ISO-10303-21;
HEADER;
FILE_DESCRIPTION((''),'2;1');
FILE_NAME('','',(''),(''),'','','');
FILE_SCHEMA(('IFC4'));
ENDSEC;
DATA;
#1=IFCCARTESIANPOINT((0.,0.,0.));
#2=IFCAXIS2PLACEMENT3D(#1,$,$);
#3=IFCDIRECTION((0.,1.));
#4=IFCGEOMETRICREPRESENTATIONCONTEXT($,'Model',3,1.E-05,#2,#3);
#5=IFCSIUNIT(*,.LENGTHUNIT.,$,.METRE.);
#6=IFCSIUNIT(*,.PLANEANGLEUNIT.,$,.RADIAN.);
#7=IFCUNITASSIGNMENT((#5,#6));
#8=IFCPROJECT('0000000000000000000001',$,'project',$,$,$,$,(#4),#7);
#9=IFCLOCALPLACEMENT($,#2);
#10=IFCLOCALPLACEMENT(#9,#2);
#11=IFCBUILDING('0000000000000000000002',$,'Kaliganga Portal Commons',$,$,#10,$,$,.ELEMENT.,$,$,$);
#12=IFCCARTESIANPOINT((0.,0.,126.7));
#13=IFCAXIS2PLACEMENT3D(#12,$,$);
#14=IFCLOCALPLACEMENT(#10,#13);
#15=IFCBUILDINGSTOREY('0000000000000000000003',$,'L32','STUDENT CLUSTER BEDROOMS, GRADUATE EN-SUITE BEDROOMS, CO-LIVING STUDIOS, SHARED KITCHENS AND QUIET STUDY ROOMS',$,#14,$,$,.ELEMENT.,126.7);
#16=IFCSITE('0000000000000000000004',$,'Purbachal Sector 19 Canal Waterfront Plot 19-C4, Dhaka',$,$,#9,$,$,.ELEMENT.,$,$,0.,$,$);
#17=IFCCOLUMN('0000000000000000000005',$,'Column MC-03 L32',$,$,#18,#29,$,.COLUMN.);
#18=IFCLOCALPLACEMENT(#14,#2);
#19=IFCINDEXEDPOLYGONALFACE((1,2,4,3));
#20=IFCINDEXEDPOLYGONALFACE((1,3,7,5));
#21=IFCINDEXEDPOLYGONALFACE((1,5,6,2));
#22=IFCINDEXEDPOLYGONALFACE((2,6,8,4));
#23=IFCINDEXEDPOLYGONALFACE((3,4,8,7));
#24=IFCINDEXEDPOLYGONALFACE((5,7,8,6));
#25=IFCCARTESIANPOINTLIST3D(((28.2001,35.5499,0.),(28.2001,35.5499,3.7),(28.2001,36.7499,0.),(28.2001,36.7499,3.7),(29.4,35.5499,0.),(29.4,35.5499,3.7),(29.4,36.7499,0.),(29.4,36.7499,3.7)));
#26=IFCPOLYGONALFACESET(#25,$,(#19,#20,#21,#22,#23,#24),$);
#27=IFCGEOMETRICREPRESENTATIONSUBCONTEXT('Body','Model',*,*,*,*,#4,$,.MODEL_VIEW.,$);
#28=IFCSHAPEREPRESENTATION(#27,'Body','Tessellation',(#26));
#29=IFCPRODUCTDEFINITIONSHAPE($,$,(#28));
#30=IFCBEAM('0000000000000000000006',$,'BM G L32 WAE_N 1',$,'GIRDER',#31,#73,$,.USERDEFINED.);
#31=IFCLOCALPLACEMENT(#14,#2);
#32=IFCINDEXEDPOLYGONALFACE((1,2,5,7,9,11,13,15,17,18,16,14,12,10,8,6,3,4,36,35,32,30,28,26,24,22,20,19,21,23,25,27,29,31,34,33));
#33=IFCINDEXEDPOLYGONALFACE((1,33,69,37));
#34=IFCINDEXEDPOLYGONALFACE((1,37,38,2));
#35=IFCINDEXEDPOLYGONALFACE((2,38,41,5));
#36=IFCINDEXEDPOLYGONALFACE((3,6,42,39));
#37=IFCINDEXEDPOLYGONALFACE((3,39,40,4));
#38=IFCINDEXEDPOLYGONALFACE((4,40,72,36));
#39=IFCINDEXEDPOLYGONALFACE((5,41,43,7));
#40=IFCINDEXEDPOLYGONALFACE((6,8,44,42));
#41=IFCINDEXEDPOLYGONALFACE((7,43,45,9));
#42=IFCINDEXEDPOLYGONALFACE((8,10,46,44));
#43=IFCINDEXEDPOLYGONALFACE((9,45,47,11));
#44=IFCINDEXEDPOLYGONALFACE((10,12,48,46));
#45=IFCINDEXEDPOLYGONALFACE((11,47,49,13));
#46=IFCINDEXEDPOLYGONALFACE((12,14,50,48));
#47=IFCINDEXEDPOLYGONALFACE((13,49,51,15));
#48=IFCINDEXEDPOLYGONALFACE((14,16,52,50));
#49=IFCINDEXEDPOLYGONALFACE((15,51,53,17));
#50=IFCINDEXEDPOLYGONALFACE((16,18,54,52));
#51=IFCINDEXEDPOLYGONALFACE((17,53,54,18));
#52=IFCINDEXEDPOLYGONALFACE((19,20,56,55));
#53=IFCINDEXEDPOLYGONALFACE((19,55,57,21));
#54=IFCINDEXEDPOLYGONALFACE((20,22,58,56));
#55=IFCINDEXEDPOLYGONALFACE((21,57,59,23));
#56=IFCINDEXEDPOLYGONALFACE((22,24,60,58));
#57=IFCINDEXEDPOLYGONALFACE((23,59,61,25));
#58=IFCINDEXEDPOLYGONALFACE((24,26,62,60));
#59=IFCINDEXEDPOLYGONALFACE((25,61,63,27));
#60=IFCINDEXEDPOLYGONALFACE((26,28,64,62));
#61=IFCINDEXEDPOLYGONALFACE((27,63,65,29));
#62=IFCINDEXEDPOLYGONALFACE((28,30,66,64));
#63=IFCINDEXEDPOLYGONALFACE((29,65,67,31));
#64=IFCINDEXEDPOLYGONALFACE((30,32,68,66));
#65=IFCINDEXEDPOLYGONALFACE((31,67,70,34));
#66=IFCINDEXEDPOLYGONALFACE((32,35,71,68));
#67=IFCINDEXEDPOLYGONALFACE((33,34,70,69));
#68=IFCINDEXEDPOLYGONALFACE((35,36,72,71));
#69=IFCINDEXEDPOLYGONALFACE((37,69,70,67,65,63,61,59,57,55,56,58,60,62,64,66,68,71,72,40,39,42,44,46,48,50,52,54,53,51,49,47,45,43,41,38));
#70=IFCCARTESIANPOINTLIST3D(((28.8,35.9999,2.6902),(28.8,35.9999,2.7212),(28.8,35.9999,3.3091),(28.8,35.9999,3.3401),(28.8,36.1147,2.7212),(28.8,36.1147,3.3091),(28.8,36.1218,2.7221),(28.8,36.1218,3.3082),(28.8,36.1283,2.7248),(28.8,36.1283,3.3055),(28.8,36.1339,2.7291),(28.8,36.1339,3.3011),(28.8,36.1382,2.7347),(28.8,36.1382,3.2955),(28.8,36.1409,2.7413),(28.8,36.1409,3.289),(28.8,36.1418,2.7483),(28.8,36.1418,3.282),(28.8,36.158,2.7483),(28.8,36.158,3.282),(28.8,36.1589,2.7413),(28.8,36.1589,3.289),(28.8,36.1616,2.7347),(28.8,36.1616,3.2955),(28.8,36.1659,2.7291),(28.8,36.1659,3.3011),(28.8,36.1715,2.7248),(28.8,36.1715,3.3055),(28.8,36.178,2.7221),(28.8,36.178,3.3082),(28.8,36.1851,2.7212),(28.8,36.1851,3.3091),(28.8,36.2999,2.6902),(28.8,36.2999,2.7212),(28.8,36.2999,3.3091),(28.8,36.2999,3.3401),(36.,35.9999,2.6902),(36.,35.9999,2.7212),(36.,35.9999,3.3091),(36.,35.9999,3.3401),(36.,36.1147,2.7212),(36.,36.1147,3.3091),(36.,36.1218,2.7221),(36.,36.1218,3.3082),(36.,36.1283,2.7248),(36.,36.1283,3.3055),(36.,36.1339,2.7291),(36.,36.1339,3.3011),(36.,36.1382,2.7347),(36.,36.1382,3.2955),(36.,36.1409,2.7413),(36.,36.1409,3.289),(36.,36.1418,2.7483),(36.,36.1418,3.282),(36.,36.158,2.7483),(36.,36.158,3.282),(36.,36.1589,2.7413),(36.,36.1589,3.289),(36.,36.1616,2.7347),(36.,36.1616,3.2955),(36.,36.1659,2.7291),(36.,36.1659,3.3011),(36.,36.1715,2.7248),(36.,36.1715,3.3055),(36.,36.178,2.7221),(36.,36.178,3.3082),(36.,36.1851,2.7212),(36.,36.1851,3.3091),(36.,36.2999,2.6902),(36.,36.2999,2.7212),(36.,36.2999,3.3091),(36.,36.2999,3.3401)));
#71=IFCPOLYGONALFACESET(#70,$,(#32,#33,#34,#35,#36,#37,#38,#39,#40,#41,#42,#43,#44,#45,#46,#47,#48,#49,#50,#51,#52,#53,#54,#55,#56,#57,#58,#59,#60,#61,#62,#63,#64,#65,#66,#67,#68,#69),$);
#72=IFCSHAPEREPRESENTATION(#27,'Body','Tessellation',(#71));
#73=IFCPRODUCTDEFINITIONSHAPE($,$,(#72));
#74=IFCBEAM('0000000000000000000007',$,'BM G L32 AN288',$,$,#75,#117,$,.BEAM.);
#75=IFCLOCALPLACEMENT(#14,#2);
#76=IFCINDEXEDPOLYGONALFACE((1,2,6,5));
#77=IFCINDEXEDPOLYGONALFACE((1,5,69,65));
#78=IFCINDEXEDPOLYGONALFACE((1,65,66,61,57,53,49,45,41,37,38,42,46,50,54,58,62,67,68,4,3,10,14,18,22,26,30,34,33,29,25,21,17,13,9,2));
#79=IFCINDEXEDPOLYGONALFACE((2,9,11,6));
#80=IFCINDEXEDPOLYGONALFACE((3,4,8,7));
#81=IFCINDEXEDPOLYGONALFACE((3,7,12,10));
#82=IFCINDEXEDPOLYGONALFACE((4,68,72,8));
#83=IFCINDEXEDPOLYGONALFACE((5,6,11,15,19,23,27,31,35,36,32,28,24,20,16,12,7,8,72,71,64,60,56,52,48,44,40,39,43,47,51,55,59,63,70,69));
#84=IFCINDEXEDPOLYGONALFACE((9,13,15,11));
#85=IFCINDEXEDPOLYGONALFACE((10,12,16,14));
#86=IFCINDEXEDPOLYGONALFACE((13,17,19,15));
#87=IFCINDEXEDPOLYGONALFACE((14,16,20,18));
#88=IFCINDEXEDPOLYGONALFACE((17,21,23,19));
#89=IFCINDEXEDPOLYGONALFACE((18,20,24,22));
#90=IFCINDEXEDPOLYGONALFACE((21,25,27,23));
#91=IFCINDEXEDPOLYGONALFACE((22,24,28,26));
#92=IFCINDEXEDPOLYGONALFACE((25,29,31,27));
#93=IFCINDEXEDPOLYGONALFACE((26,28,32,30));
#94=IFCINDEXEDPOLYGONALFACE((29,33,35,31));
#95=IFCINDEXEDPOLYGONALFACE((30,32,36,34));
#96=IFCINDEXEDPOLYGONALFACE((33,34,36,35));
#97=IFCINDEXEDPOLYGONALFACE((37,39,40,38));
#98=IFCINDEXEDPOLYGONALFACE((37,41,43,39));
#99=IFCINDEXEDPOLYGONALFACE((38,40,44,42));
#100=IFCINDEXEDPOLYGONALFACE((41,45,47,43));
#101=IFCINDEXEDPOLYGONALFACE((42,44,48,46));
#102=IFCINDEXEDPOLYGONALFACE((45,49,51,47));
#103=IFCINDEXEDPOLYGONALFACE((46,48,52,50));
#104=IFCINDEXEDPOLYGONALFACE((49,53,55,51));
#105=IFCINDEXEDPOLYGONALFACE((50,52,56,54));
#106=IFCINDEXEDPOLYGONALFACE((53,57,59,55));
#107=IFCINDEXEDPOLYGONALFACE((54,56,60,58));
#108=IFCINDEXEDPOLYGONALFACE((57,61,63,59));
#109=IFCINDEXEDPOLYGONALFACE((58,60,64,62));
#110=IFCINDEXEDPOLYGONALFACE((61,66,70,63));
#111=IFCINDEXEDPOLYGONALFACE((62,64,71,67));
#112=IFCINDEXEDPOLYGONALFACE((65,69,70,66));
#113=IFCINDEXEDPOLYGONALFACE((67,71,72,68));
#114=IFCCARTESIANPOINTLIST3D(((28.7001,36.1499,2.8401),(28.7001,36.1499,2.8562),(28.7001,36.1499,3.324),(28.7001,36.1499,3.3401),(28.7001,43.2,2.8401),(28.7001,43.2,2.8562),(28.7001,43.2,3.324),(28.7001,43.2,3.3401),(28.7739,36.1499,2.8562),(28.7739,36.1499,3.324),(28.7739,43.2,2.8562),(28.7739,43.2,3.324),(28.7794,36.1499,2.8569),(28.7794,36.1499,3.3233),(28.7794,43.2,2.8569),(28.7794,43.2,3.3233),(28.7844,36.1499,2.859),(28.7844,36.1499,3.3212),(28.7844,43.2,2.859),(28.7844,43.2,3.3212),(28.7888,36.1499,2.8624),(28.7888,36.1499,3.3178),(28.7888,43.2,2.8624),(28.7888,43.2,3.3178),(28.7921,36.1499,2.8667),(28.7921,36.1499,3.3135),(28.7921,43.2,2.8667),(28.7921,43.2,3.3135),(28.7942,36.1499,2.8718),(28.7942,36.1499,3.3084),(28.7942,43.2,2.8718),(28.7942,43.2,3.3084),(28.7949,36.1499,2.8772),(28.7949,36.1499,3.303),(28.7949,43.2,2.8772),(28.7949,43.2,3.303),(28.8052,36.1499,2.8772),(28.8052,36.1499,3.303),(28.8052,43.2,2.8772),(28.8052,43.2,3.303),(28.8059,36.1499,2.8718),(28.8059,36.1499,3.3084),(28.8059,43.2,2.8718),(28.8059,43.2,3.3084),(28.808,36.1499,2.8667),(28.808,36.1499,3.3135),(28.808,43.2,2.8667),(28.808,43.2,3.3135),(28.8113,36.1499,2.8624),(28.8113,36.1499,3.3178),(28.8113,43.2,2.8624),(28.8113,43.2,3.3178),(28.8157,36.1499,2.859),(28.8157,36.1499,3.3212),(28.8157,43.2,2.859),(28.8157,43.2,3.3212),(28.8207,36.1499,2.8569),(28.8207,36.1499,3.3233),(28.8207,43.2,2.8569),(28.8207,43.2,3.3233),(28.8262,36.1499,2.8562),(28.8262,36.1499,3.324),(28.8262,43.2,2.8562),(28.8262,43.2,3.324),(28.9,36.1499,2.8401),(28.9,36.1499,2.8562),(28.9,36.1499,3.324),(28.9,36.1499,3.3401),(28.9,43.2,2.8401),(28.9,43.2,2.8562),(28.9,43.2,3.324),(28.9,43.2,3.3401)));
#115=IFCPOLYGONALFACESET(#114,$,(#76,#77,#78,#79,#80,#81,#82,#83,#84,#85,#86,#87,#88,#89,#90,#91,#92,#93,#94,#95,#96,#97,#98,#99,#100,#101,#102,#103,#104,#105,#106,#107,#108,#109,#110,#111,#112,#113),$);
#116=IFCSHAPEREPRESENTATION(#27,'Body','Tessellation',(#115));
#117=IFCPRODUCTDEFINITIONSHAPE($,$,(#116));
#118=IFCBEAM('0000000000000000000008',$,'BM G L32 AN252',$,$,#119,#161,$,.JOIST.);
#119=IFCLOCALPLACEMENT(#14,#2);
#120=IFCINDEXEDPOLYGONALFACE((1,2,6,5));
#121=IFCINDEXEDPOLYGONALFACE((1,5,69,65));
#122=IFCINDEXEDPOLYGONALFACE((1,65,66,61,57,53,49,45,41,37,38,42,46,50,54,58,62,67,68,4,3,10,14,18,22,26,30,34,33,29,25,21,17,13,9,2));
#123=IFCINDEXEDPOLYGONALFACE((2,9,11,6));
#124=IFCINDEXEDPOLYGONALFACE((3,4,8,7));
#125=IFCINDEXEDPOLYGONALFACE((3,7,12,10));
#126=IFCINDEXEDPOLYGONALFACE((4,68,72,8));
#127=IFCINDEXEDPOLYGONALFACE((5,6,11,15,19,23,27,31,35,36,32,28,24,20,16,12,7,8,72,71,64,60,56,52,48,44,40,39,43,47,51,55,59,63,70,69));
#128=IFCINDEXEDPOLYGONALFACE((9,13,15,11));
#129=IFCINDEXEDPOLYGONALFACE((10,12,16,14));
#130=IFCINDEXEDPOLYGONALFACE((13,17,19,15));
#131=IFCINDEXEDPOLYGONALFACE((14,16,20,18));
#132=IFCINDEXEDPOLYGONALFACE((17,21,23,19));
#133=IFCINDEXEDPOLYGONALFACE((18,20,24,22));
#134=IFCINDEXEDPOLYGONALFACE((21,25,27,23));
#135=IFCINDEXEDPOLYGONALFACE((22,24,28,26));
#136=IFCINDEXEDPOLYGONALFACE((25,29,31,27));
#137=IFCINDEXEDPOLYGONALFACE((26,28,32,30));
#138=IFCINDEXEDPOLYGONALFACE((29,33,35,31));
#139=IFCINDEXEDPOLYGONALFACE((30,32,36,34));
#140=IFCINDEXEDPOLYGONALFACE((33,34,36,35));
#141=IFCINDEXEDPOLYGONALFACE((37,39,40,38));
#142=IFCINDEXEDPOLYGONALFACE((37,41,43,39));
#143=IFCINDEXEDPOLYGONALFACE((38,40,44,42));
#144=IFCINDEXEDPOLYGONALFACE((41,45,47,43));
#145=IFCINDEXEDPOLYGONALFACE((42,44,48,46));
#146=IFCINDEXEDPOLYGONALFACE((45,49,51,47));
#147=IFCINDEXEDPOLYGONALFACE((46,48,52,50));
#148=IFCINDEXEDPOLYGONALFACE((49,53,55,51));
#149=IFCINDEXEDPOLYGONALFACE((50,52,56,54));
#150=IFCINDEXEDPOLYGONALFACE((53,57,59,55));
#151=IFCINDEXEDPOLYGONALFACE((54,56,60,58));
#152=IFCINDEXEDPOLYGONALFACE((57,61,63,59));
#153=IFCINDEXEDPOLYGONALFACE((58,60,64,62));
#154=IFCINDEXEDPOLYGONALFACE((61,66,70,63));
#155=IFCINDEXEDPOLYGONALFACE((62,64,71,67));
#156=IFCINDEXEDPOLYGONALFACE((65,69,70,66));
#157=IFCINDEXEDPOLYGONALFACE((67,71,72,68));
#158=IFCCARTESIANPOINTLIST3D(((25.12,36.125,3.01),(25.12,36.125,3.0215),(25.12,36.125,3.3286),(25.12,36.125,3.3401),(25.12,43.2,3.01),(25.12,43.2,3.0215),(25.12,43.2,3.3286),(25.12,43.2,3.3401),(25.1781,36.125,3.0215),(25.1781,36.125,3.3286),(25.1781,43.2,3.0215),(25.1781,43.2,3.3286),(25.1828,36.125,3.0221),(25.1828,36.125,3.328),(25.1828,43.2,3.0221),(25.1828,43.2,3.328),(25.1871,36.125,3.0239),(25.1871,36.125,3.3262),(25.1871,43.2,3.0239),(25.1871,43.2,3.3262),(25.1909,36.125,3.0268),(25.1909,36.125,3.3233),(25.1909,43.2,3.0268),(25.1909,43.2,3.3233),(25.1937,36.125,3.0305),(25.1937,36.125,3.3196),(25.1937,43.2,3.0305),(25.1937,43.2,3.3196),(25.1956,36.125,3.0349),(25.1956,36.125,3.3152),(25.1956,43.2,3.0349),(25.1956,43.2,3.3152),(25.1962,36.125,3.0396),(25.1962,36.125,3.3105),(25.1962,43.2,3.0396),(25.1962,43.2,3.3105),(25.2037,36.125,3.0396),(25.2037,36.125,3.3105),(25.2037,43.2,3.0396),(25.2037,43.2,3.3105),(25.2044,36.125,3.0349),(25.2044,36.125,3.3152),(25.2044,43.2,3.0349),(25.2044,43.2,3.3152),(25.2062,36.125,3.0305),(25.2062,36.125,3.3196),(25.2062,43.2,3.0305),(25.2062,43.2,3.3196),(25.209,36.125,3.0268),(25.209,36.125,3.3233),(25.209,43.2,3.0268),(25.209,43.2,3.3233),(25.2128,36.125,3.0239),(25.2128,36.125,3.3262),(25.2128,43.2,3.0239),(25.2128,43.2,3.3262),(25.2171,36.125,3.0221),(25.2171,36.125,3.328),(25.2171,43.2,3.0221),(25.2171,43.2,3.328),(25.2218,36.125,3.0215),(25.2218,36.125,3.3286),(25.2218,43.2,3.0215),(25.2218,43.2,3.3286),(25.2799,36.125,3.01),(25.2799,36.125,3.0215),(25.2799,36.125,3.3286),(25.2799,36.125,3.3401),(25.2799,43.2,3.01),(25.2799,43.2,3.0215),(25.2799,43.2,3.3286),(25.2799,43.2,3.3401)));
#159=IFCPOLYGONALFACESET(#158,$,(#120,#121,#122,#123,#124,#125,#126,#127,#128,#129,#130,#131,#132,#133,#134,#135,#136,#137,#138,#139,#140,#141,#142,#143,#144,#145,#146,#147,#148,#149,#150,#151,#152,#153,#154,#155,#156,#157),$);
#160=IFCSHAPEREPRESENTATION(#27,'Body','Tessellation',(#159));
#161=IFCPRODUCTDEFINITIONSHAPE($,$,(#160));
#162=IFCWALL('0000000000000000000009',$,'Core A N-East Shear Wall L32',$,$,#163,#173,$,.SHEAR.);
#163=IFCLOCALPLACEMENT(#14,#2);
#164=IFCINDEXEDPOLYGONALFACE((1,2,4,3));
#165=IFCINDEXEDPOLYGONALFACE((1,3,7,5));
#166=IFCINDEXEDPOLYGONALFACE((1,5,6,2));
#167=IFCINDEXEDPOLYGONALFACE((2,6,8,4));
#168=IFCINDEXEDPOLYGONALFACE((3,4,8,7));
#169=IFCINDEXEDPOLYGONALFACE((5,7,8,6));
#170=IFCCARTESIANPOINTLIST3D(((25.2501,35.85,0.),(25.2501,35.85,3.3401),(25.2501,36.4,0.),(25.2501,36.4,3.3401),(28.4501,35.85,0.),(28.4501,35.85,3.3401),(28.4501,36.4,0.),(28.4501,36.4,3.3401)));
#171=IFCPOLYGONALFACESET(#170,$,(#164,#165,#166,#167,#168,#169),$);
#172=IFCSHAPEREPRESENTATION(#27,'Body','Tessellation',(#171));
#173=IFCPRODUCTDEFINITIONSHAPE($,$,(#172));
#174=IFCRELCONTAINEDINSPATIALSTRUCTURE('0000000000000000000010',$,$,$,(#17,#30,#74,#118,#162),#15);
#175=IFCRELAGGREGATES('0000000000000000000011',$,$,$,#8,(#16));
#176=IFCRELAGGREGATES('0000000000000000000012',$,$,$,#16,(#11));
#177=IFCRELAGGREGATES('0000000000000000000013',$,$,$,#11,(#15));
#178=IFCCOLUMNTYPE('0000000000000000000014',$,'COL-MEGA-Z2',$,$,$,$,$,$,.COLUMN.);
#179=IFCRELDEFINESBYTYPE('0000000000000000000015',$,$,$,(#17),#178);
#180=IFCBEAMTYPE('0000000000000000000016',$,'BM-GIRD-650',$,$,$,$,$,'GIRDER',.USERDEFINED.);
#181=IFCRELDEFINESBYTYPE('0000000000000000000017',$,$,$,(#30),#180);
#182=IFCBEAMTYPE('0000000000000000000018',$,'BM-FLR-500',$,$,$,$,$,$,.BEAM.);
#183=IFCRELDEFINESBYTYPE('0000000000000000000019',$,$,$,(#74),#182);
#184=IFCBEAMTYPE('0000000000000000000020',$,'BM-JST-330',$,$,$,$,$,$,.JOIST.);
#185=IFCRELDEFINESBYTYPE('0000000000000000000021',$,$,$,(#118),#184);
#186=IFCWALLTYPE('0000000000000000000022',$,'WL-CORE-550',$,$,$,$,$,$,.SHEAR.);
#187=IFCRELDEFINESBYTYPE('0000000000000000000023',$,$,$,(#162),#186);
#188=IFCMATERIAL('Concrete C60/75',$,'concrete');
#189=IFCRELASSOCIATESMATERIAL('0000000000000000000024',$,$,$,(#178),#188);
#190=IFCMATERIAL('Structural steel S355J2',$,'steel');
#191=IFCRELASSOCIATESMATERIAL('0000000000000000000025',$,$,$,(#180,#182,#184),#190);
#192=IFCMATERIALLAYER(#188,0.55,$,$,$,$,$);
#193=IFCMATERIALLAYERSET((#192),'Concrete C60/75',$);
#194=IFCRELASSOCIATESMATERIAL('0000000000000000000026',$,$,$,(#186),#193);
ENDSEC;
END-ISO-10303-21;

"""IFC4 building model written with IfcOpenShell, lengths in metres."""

from ifc_helpers import new_model, si_unit, direction, frame, frame_2d, origin, origin_2d, place, context, subcontext, project, spatial, rectangle, i_section, extrude, source, transform, mapped, material, layer, layer_set, material_profile, profile_set, type_object, element, save


model = new_model("IFC4")

# Units and contexts
model_context = context("Model", 3, precision=1e-05, world=origin(), true_north=direction((0.0, 1.0)))
body_context = subcontext(model_context, "Body", "Model", "MODEL_VIEW")
ifc_project = project(units=[si_unit("LENGTHUNIT", "METRE"), si_unit("PLANEANGLEUNIT", "RADIAN")], contexts=[model_context])

# Site, building, storey
site_placement = place(None, origin())
site = spatial("IfcSite", under=ifc_project, at=site_placement, Name="Purbachal Sector 19 Canal Waterfront Plot 19-C4, Dhaka", CompositionType="ELEMENT", RefElevation=0.0)
building_placement = place(site_placement, origin())
building = spatial("IfcBuilding", under=site, at=building_placement, Name="Kaliganga Portal Commons", CompositionType="ELEMENT")
storey_placement = place(building_placement, frame((0.0, 0.0, 126.7)))
storey = spatial("IfcBuildingStorey", under=building, at=storey_placement, Name="L32", Description="STUDENT CLUSTER BEDROOMS, GRADUATE EN-SUITE BEDROOMS, CO-LIVING STUDIOS, SHARED KITCHENS AND QUIET STUDY ROOMS", CompositionType="ELEMENT", Elevation=126.7)

# Column
ifc_material_1 = material(Name="Concrete C60/75", Category="concrete")
ifc_material_profile_1 = material_profile(ifc_material_1, rectangle(XDim=1.2, YDim=1.2, at=origin_2d()), Name="RC 1200x1200")
ifc_profile_set_1 = profile_set([ifc_material_profile_1], Name="Concrete C60/75")
column_type = type_object("IfcColumnType", Name="COL-MEGA-Z2", PredefinedType="COLUMN", material=ifc_profile_set_1)
shared_shape_1 = source(origin(), body_context, "Body", "SweptSolid", [
    extrude(rectangle(XDim=1.2, YDim=1.2, at=origin_2d()), origin(), (0.0, 0.0, 1.0), 3.7),
])
column_placement = place(storey_placement, frame((28.8, 36.1499, 0.0), z_axis=(0.0, 0.0, 1.0), x_axis=(1.0, 0.0, 0.0)))
element("IfcColumn", 1, at=column_placement, inside=storey, type_object=column_type, Name="Column MC-03 L32", PredefinedType="COLUMN", context=body_context, shape_type="MappedRepresentation", body=[
    mapped(shared_shape_1, transform((0.0, 0.0, 0.0), x_axis=(1.0, 0.0, 0.0), y_axis=(0.0, 1.0, 0.0), z_axis=(0.0, 0.0, 1.0), scale=1.0)),
])

# Beams
ifc_material_2 = material(Name="Structural steel S355J2", Category="steel")
ifc_material_profile_2 = material_profile(ifc_material_2, i_section(OverallWidth=0.3, OverallDepth=0.6499, WebThickness=0.0161, FlangeThickness=0.031, FilletRadius=0.0271, at=origin_2d()), Name="HE 650 B")
ifc_profile_set_2 = profile_set([ifc_material_profile_2], Name="Structural steel S355J2 wide-flange")
beam_type_1 = type_object("IfcBeamType", Name="BM-GIRD-650", ElementType="GIRDER", PredefinedType="USERDEFINED", material=ifc_profile_set_2)
shared_shape_2 = source(origin(), body_context, "Body", "SweptSolid", [
    extrude(i_section(OverallWidth=0.3, OverallDepth=0.6499, WebThickness=0.0161, FlangeThickness=0.031, FilletRadius=0.0271, at=origin_2d()), origin(), (0.0, 0.0, 1.0), 7.2),
])
beam_1_placement = place(storey_placement, frame((28.8, 36.1499, 3.0151), z_axis=(1.0, 0.0, 0.0), x_axis=(0.0, 1.0, 0.0)))
element("IfcBeam", 2, at=beam_1_placement, inside=storey, type_object=beam_type_1, Name="BM G L32 WAE_N 1", ObjectType="GIRDER", PredefinedType="USERDEFINED", context=body_context, shape_type="MappedRepresentation", body=[
    mapped(shared_shape_2, transform((0.0, 0.0, 0.0), x_axis=(1.0, 0.0, 0.0), y_axis=(0.0, 1.0, 0.0), z_axis=(0.0, 0.0, 1.0), scale=1.0)),
])
ifc_material_profile_3 = material_profile(ifc_material_2, i_section(OverallWidth=0.2, OverallDepth=0.5, WebThickness=0.0103, FlangeThickness=0.0161, FilletRadius=0.021, at=origin_2d()), Name="IPE 500")
ifc_profile_set_3 = profile_set([ifc_material_profile_3], Name="Structural steel S355J2 wide-flange")
beam_type_2 = type_object("IfcBeamType", Name="BM-FLR-500", PredefinedType="BEAM", material=ifc_profile_set_3)
shared_shape_3 = source(origin(), body_context, "Body", "SweptSolid", [
    extrude(i_section(OverallWidth=0.2, OverallDepth=0.5, WebThickness=0.0103, FlangeThickness=0.0161, FilletRadius=0.021, at=origin_2d()), origin(), (0.0, 0.0, 1.0), 7.05),
])
beam_2_placement = place(storey_placement, frame((28.8, 36.1499, 3.0901), z_axis=(0.0, 1.0, 0.0), x_axis=(-1.0, 0.0, 0.0)))
element("IfcBeam", 3, at=beam_2_placement, inside=storey, type_object=beam_type_2, Name="BM G L32 AN288", PredefinedType="BEAM", context=body_context, shape_type="MappedRepresentation", body=[
    mapped(shared_shape_3, transform((0.0, 0.0, 0.0), x_axis=(1.0, 0.0, 0.0), y_axis=(0.0, 1.0, 0.0), z_axis=(0.0, 0.0, 1.0), scale=1.0)),
])
ifc_material_profile_4 = material_profile(ifc_material_2, i_section(OverallWidth=0.1599, OverallDepth=0.3301, WebThickness=0.0076, FlangeThickness=0.0115, FilletRadius=0.0181, at=origin_2d()), Name="IPE 330")
ifc_profile_set_4 = profile_set([ifc_material_profile_4], Name="Structural steel S355J2 wide-flange")
beam_type_3 = type_object("IfcBeamType", Name="BM-JST-330", PredefinedType="JOIST", material=ifc_profile_set_4)
shared_shape_4 = source(origin(), body_context, "Body", "SweptSolid", [
    extrude(i_section(OverallWidth=0.1599, OverallDepth=0.3301, WebThickness=0.0076, FlangeThickness=0.0115, FilletRadius=0.0181, at=origin_2d()), origin(), (0.0, 0.0, 1.0), 7.075),
])
beam_3_placement = place(storey_placement, frame((25.2, 36.125, 3.175), z_axis=(0.0, 1.0, 0.0), x_axis=(-1.0, 0.0, 0.0)))
element("IfcBeam", 4, at=beam_3_placement, inside=storey, type_object=beam_type_3, Name="BM G L32 AN252", PredefinedType="JOIST", context=body_context, shape_type="MappedRepresentation", body=[
    mapped(shared_shape_4, transform((0.0, 0.0, 0.0), x_axis=(1.0, 0.0, 0.0), y_axis=(0.0, 1.0, 0.0), z_axis=(0.0, 0.0, 1.0), scale=1.0)),
])

# Wall
ifc_layer_1 = layer(ifc_material_1, 0.55)
ifc_layer_set_1 = layer_set([ifc_layer_1], Name="Concrete C60/75")
wall_type_1 = type_object("IfcWallType", Name="WL-CORE-550", PredefinedType="SHEAR", material=ifc_layer_set_1)
wall_1_placement = place(storey_placement, frame((25.25, 36.125, 0.0), z_axis=(0.0, 0.0, 1.0), x_axis=(1.0, 0.0, 0.0)))
element("IfcWall", 5, at=wall_1_placement, inside=storey, type_object=wall_type_1, Name="Core A N-East Shear Wall L32", PredefinedType="SHEAR", context=body_context, shape_type="SweptSolid", body=[
    extrude(rectangle(XDim=3.2, YDim=0.55, at=frame_2d((1.6001, 0.0))), origin(), (0.0, 0.0, 1.0), 3.3401),
])

save(model, "model.ifc")
